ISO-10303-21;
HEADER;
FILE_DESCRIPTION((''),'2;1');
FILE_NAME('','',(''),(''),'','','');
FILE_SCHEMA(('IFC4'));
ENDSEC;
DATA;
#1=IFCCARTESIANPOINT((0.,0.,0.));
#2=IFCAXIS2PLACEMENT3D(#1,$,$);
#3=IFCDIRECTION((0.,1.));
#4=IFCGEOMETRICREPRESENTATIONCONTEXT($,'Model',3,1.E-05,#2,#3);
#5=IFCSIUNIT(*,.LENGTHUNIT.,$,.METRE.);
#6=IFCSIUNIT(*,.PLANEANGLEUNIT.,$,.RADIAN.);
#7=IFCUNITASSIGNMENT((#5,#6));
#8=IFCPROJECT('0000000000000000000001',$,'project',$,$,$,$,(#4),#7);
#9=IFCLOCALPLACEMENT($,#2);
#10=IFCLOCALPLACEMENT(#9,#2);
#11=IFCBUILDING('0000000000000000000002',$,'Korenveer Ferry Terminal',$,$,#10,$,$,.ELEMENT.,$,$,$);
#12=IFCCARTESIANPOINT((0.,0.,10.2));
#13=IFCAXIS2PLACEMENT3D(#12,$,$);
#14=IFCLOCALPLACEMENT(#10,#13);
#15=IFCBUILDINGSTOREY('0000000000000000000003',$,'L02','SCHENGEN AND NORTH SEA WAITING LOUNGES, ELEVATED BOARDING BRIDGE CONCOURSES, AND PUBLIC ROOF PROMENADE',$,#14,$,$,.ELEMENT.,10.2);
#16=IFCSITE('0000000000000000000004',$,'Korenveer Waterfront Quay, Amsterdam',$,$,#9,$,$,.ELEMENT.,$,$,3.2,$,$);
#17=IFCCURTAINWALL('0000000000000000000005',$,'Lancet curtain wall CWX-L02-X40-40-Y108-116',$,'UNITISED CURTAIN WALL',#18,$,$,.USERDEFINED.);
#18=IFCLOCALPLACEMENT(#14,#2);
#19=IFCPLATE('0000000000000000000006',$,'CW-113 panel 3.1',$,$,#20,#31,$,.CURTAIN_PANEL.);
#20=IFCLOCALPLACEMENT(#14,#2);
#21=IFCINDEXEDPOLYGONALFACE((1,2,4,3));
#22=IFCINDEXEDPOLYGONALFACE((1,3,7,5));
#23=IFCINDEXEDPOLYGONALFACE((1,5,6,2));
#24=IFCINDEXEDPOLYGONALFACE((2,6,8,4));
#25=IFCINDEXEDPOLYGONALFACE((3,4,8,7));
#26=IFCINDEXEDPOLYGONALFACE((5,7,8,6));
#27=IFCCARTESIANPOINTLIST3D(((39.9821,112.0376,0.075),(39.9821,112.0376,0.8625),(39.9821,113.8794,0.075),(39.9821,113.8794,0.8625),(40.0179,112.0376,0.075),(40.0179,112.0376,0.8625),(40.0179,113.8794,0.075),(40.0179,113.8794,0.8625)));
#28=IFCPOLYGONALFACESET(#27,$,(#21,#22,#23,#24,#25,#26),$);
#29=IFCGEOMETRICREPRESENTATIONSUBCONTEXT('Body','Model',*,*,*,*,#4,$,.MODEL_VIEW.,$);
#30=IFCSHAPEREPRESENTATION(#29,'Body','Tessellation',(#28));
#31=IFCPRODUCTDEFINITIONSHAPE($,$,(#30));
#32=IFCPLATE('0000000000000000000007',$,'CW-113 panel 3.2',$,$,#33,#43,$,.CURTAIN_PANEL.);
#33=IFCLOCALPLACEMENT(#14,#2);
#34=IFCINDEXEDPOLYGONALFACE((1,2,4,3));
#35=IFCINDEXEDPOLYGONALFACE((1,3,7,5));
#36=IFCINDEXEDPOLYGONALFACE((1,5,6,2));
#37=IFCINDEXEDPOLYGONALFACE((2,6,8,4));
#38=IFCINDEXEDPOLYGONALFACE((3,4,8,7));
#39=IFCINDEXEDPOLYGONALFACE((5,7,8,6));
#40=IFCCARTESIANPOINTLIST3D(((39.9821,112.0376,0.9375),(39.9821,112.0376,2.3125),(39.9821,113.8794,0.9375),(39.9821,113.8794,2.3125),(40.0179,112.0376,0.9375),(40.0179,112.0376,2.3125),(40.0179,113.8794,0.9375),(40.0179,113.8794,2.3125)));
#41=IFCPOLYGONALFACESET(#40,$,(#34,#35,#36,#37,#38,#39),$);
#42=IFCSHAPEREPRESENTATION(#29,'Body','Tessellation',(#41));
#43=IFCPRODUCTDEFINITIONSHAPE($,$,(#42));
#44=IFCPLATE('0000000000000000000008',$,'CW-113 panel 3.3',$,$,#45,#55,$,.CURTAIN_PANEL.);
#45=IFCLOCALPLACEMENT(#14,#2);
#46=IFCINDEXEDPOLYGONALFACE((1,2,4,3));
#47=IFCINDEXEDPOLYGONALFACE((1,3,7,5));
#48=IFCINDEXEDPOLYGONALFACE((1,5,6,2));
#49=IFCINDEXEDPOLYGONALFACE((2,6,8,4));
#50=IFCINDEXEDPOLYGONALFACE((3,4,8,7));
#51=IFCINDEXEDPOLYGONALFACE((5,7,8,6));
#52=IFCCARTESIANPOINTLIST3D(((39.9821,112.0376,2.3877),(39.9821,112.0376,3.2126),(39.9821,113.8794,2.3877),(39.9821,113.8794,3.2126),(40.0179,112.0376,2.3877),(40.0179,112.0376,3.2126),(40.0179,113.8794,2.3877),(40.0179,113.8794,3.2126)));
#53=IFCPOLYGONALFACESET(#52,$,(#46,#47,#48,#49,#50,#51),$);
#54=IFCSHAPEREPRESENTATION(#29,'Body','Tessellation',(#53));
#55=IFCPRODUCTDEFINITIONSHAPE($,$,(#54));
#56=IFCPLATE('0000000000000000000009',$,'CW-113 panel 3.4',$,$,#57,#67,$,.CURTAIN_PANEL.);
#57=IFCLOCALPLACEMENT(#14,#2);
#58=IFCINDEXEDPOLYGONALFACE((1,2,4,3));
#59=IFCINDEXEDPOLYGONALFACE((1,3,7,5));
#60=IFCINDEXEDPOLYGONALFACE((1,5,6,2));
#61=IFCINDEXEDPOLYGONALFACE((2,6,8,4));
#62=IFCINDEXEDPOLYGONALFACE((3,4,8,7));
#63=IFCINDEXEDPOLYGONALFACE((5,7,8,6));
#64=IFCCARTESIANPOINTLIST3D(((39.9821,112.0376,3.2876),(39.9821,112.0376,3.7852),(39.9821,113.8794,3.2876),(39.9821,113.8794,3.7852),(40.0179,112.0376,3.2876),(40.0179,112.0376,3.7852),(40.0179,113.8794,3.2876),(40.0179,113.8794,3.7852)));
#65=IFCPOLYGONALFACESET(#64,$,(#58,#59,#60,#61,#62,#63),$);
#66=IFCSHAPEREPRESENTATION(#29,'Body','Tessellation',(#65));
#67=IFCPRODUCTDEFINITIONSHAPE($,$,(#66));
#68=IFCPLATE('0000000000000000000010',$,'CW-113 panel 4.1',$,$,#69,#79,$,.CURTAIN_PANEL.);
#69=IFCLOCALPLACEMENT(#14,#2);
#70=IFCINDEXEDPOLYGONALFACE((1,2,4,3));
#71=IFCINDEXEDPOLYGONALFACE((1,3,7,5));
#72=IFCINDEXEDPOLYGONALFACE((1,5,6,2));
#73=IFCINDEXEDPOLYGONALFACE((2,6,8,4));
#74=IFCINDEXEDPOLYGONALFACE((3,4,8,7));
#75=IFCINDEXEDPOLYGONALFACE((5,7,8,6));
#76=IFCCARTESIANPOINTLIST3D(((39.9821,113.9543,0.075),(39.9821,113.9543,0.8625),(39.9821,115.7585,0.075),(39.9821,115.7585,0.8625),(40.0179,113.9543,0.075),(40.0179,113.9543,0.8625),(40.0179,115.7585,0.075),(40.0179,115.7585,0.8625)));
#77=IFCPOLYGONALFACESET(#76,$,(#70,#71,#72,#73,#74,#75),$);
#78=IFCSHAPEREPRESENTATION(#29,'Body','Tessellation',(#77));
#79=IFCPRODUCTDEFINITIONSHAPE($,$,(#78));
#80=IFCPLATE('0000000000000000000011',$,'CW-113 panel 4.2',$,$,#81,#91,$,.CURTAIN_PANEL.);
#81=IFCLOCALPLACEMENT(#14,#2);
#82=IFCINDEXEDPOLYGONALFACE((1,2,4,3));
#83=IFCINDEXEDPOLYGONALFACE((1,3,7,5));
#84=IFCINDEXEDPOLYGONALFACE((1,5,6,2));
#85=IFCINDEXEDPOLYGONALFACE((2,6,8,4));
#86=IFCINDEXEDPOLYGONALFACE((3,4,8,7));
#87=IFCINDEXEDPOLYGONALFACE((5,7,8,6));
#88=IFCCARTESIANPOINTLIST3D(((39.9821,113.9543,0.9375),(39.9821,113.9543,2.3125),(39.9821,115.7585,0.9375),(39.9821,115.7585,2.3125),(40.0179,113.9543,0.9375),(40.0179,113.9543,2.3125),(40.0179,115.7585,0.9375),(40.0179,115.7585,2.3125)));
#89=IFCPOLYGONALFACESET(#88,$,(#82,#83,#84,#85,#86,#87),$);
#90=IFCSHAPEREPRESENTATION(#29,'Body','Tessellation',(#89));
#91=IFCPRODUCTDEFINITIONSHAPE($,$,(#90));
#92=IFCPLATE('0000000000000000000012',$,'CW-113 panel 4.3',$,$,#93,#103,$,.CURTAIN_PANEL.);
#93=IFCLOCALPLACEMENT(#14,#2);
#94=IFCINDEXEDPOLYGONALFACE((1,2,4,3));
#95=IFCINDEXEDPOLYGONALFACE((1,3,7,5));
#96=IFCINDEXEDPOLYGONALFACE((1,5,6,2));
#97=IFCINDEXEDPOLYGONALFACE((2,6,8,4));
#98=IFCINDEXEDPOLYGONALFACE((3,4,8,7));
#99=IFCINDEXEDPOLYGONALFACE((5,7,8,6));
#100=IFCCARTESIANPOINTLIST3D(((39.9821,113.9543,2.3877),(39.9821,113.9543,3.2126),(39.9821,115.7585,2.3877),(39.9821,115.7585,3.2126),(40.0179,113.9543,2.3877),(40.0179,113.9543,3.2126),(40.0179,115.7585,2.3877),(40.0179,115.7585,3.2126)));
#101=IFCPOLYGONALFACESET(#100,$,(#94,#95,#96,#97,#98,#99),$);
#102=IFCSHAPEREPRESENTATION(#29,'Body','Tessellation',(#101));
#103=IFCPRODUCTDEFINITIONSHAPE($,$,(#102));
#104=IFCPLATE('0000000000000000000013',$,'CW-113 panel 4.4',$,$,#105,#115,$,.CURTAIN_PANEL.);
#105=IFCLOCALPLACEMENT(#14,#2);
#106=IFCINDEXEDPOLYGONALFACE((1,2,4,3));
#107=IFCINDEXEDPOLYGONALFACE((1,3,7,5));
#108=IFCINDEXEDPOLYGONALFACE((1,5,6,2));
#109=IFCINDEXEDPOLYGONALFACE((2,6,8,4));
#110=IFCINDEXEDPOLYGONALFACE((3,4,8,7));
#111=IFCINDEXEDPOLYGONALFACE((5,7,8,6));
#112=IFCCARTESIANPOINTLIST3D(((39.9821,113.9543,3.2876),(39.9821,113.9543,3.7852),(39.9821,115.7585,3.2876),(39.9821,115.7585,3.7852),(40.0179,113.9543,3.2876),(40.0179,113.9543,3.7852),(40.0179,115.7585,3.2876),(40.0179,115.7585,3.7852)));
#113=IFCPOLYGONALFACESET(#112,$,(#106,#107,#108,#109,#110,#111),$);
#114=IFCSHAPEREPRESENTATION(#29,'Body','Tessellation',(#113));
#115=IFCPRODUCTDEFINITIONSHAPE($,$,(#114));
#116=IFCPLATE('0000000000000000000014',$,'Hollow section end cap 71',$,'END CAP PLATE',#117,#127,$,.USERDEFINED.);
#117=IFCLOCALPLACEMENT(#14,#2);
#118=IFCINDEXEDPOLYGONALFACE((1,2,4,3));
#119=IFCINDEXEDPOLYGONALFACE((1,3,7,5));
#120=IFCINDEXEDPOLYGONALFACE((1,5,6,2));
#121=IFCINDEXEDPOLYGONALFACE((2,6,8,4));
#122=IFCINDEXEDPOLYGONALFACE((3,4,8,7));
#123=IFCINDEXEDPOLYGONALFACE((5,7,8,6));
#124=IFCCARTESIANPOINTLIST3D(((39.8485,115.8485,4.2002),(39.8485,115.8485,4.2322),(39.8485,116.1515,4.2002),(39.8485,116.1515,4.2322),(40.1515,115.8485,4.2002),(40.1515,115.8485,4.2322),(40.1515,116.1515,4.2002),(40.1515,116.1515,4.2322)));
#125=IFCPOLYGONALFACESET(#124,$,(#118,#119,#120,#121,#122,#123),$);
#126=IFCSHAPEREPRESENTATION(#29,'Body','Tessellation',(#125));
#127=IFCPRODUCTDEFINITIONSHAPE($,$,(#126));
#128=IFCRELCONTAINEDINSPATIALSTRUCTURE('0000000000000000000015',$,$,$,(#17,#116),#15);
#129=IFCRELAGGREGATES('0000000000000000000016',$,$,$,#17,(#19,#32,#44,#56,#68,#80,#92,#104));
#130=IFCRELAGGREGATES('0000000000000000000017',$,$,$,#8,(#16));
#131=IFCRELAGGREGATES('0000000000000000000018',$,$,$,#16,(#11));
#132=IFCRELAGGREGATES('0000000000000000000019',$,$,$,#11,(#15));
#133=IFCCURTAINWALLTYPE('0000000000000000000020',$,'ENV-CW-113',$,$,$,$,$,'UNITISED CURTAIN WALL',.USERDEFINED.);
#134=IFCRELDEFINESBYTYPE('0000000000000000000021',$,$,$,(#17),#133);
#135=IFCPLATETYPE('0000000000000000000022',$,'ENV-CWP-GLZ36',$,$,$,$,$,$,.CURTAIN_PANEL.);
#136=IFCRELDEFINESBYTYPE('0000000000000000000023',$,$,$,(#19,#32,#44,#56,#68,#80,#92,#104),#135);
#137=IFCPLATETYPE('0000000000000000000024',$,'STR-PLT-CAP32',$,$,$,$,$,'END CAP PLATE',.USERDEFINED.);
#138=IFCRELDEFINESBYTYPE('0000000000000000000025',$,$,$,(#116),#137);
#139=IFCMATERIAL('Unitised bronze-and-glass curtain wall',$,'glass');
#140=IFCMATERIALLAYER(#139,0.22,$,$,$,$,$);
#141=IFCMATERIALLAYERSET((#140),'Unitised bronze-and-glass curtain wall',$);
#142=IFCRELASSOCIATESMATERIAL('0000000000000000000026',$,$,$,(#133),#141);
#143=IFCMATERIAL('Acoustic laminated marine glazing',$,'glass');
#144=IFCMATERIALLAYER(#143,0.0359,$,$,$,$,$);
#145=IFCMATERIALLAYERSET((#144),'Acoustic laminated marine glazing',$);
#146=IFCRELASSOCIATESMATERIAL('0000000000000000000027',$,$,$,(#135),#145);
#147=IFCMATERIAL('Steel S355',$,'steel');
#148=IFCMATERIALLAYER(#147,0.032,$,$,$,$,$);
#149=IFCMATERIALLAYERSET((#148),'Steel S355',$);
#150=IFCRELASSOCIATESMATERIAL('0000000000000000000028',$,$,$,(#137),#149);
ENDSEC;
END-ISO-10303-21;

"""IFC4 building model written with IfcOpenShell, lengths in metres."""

from ifc_helpers import new_model, si_unit, direction, frame, origin, origin_2d, place, context, subcontext, project, spatial, rectangle, extrude, material, layer, layer_set, type_object, element, aggregate, save


model = new_model("IFC4")

# Units and contexts
model_context = context("Model", 3, precision=1e-05, world=origin(), true_north=direction((0.0, 1.0)))
body_context = subcontext(model_context, "Body", "Model", "MODEL_VIEW")
ifc_project = project(units=[si_unit("LENGTHUNIT", "METRE"), si_unit("PLANEANGLEUNIT", "RADIAN")], contexts=[model_context])

# Site, building, storey
site_placement = place(None, origin())
site = spatial("IfcSite", under=ifc_project, at=site_placement, Name="Korenveer Waterfront Quay, Amsterdam", CompositionType="ELEMENT", RefElevation=3.2)
building_placement = place(site_placement, origin())
building = spatial("IfcBuilding", under=site, at=building_placement, Name="Korenveer Ferry Terminal", CompositionType="ELEMENT")
storey_placement = place(building_placement, frame((0.0, 0.0, 10.2)))
storey = spatial("IfcBuildingStorey", under=building, at=storey_placement, Name="L02", Description="SCHENGEN AND NORTH SEA WAITING LOUNGES, ELEVATED BOARDING BRIDGE CONCOURSES, AND PUBLIC ROOF PROMENADE", CompositionType="ELEMENT", Elevation=10.2)

# Shared definitions
ifc_material_1 = material(Name="Steel S355", Category="steel")

# Shared definitions
ifc_material_2 = material(Name="Unitised bronze-and-glass curtain wall", Category="glass")

# Curtain wall
ifc_layer_1 = layer(ifc_material_2, 0.22)
ifc_layer_set_1 = layer_set([ifc_layer_1], Name="Unitised bronze-and-glass curtain wall")
curtain_wall_type_1 = type_object("IfcCurtainWallType", Name="ENV-CW-113", ElementType="UNITISED CURTAIN WALL", PredefinedType="USERDEFINED", material=ifc_layer_set_1)
curtain_wall_1_placement = place(storey_placement, frame((40.0, 108.1665, 0.0)))
curtain_wall_1 = element("IfcCurtainWall", 1, at=curtain_wall_1_placement, inside=storey, type_object=curtain_wall_type_1, Name="Lancet curtain wall CWX-L02-X40-40-Y108-116", ObjectType="UNITISED CURTAIN WALL", PredefinedType="USERDEFINED")

# Plates
ifc_material_3 = material(Name="Acoustic laminated marine glazing", Category="glass")
ifc_layer_2 = layer(ifc_material_3, 0.0359)
ifc_layer_set_2 = layer_set([ifc_layer_2], Name="Acoustic laminated marine glazing")
plate_type_1 = type_object("IfcPlateType", Name="ENV-CWP-GLZ36", PredefinedType="CURTAIN_PANEL", material=ifc_layer_set_2)
plate_1_placement = place(storey_placement, frame((40.0, 112.9585, 0.075), z_axis=(0.0, 0.0, 1.0), x_axis=(0.0, 1.0, 0.0)))
plate_1 = element("IfcPlate", 2, at=plate_1_placement, type_object=plate_type_1, Name="CW-113 panel 3.1", PredefinedType="CURTAIN_PANEL", context=body_context, shape_type="SweptSolid", body=[
    extrude(rectangle(XDim=1.8418, YDim=0.0359, at=origin_2d()), origin(), (0.0, 0.0, 1.0), 0.7876),
])
plate_2_placement = place(storey_placement, frame((40.0, 112.9585, 0.9375), z_axis=(0.0, 0.0, 1.0), x_axis=(0.0, 1.0, 0.0)))
plate_2 = element("IfcPlate", 3, at=plate_2_placement, type_object=plate_type_1, Name="CW-113 panel 3.2", PredefinedType="CURTAIN_PANEL", context=body_context, shape_type="SweptSolid", body=[
    extrude(rectangle(XDim=1.8418, YDim=0.0359, at=origin_2d()), origin(), (0.0, 0.0, 1.0), 1.375),
])
plate_3_placement = place(storey_placement, frame((40.0, 112.9585, 2.3877), z_axis=(0.0, 0.0, 1.0), x_axis=(0.0, 1.0, 0.0)))
plate_3 = element("IfcPlate", 4, at=plate_3_placement, type_object=plate_type_1, Name="CW-113 panel 3.3", PredefinedType="CURTAIN_PANEL", context=body_context, shape_type="SweptSolid", body=[
    extrude(rectangle(XDim=1.8418, YDim=0.0359, at=origin_2d()), origin(), (0.0, 0.0, 1.0), 0.825),
])
plate_4_placement = place(storey_placement, frame((40.0, 112.9585, 3.2876), z_axis=(0.0, 0.0, 1.0), x_axis=(0.0, 1.0, 0.0)))
plate_4 = element("IfcPlate", 5, at=plate_4_placement, type_object=plate_type_1, Name="CW-113 panel 3.4", PredefinedType="CURTAIN_PANEL", context=body_context, shape_type="SweptSolid", body=[
    extrude(rectangle(XDim=1.8418, YDim=0.0359, at=origin_2d()), origin(), (0.0, 0.0, 1.0), 0.4976),
])
plate_5_placement = place(storey_placement, frame((40.0, 114.8564, 0.075), z_axis=(0.0, 0.0, 1.0), x_axis=(0.0, 1.0, 0.0)))
plate_5 = element("IfcPlate", 6, at=plate_5_placement, type_object=plate_type_1, Name="CW-113 panel 4.1", PredefinedType="CURTAIN_PANEL", context=body_context, shape_type="SweptSolid", body=[
    extrude(rectangle(XDim=1.8042, YDim=0.0359, at=origin_2d()), origin(), (0.0, 0.0, 1.0), 0.7876),
])
plate_6_placement = place(storey_placement, frame((40.0, 114.8564, 0.9375), z_axis=(0.0, 0.0, 1.0), x_axis=(0.0, 1.0, 0.0)))
plate_6 = element("IfcPlate", 7, at=plate_6_placement, type_object=plate_type_1, Name="CW-113 panel 4.2", PredefinedType="CURTAIN_PANEL", context=body_context, shape_type="SweptSolid", body=[
    extrude(rectangle(XDim=1.8042, YDim=0.0359, at=origin_2d()), origin(), (0.0, 0.0, 1.0), 1.375),
])
plate_7_placement = place(storey_placement, frame((40.0, 114.8564, 2.3877), z_axis=(0.0, 0.0, 1.0), x_axis=(0.0, 1.0, 0.0)))
plate_7 = element("IfcPlate", 8, at=plate_7_placement, type_object=plate_type_1, Name="CW-113 panel 4.3", PredefinedType="CURTAIN_PANEL", context=body_context, shape_type="SweptSolid", body=[
    extrude(rectangle(XDim=1.8042, YDim=0.0359, at=origin_2d()), origin(), (0.0, 0.0, 1.0), 0.825),
])
plate_8_placement = place(storey_placement, frame((40.0, 114.8564, 3.2876), z_axis=(0.0, 0.0, 1.0), x_axis=(0.0, 1.0, 0.0)))
plate_8 = element("IfcPlate", 9, at=plate_8_placement, type_object=plate_type_1, Name="CW-113 panel 4.4", PredefinedType="CURTAIN_PANEL", context=body_context, shape_type="SweptSolid", body=[
    extrude(rectangle(XDim=1.8042, YDim=0.0359, at=origin_2d()), origin(), (0.0, 0.0, 1.0), 0.4976),
])
aggregate(curtain_wall_1, [plate_1, plate_2, plate_3, plate_4, plate_5, plate_6, plate_7, plate_8])
ifc_layer_3 = layer(ifc_material_1, 0.032)
ifc_layer_set_3 = layer_set([ifc_layer_3], Name="Steel S355")
plate_type_2 = type_object("IfcPlateType", Name="STR-PLT-CAP32", ElementType="END CAP PLATE", PredefinedType="USERDEFINED", material=ifc_layer_set_3)
plate_9_placement = place(storey_placement, frame((40.0, 116.0, 4.2002), z_axis=(0.0, 0.0, 1.0), x_axis=(1.0, 0.0, 0.0)))
element("IfcPlate", 10, at=plate_9_placement, inside=storey, type_object=plate_type_2, Name="Hollow section end cap 71", ObjectType="END CAP PLATE", PredefinedType="USERDEFINED", context=body_context, shape_type="SweptSolid", body=[
    extrude(rectangle(XDim=0.303, YDim=0.303, at=origin_2d()), origin(), (0.0, 0.0, 1.0), 0.032),
])

save(model, "model.ifc")
